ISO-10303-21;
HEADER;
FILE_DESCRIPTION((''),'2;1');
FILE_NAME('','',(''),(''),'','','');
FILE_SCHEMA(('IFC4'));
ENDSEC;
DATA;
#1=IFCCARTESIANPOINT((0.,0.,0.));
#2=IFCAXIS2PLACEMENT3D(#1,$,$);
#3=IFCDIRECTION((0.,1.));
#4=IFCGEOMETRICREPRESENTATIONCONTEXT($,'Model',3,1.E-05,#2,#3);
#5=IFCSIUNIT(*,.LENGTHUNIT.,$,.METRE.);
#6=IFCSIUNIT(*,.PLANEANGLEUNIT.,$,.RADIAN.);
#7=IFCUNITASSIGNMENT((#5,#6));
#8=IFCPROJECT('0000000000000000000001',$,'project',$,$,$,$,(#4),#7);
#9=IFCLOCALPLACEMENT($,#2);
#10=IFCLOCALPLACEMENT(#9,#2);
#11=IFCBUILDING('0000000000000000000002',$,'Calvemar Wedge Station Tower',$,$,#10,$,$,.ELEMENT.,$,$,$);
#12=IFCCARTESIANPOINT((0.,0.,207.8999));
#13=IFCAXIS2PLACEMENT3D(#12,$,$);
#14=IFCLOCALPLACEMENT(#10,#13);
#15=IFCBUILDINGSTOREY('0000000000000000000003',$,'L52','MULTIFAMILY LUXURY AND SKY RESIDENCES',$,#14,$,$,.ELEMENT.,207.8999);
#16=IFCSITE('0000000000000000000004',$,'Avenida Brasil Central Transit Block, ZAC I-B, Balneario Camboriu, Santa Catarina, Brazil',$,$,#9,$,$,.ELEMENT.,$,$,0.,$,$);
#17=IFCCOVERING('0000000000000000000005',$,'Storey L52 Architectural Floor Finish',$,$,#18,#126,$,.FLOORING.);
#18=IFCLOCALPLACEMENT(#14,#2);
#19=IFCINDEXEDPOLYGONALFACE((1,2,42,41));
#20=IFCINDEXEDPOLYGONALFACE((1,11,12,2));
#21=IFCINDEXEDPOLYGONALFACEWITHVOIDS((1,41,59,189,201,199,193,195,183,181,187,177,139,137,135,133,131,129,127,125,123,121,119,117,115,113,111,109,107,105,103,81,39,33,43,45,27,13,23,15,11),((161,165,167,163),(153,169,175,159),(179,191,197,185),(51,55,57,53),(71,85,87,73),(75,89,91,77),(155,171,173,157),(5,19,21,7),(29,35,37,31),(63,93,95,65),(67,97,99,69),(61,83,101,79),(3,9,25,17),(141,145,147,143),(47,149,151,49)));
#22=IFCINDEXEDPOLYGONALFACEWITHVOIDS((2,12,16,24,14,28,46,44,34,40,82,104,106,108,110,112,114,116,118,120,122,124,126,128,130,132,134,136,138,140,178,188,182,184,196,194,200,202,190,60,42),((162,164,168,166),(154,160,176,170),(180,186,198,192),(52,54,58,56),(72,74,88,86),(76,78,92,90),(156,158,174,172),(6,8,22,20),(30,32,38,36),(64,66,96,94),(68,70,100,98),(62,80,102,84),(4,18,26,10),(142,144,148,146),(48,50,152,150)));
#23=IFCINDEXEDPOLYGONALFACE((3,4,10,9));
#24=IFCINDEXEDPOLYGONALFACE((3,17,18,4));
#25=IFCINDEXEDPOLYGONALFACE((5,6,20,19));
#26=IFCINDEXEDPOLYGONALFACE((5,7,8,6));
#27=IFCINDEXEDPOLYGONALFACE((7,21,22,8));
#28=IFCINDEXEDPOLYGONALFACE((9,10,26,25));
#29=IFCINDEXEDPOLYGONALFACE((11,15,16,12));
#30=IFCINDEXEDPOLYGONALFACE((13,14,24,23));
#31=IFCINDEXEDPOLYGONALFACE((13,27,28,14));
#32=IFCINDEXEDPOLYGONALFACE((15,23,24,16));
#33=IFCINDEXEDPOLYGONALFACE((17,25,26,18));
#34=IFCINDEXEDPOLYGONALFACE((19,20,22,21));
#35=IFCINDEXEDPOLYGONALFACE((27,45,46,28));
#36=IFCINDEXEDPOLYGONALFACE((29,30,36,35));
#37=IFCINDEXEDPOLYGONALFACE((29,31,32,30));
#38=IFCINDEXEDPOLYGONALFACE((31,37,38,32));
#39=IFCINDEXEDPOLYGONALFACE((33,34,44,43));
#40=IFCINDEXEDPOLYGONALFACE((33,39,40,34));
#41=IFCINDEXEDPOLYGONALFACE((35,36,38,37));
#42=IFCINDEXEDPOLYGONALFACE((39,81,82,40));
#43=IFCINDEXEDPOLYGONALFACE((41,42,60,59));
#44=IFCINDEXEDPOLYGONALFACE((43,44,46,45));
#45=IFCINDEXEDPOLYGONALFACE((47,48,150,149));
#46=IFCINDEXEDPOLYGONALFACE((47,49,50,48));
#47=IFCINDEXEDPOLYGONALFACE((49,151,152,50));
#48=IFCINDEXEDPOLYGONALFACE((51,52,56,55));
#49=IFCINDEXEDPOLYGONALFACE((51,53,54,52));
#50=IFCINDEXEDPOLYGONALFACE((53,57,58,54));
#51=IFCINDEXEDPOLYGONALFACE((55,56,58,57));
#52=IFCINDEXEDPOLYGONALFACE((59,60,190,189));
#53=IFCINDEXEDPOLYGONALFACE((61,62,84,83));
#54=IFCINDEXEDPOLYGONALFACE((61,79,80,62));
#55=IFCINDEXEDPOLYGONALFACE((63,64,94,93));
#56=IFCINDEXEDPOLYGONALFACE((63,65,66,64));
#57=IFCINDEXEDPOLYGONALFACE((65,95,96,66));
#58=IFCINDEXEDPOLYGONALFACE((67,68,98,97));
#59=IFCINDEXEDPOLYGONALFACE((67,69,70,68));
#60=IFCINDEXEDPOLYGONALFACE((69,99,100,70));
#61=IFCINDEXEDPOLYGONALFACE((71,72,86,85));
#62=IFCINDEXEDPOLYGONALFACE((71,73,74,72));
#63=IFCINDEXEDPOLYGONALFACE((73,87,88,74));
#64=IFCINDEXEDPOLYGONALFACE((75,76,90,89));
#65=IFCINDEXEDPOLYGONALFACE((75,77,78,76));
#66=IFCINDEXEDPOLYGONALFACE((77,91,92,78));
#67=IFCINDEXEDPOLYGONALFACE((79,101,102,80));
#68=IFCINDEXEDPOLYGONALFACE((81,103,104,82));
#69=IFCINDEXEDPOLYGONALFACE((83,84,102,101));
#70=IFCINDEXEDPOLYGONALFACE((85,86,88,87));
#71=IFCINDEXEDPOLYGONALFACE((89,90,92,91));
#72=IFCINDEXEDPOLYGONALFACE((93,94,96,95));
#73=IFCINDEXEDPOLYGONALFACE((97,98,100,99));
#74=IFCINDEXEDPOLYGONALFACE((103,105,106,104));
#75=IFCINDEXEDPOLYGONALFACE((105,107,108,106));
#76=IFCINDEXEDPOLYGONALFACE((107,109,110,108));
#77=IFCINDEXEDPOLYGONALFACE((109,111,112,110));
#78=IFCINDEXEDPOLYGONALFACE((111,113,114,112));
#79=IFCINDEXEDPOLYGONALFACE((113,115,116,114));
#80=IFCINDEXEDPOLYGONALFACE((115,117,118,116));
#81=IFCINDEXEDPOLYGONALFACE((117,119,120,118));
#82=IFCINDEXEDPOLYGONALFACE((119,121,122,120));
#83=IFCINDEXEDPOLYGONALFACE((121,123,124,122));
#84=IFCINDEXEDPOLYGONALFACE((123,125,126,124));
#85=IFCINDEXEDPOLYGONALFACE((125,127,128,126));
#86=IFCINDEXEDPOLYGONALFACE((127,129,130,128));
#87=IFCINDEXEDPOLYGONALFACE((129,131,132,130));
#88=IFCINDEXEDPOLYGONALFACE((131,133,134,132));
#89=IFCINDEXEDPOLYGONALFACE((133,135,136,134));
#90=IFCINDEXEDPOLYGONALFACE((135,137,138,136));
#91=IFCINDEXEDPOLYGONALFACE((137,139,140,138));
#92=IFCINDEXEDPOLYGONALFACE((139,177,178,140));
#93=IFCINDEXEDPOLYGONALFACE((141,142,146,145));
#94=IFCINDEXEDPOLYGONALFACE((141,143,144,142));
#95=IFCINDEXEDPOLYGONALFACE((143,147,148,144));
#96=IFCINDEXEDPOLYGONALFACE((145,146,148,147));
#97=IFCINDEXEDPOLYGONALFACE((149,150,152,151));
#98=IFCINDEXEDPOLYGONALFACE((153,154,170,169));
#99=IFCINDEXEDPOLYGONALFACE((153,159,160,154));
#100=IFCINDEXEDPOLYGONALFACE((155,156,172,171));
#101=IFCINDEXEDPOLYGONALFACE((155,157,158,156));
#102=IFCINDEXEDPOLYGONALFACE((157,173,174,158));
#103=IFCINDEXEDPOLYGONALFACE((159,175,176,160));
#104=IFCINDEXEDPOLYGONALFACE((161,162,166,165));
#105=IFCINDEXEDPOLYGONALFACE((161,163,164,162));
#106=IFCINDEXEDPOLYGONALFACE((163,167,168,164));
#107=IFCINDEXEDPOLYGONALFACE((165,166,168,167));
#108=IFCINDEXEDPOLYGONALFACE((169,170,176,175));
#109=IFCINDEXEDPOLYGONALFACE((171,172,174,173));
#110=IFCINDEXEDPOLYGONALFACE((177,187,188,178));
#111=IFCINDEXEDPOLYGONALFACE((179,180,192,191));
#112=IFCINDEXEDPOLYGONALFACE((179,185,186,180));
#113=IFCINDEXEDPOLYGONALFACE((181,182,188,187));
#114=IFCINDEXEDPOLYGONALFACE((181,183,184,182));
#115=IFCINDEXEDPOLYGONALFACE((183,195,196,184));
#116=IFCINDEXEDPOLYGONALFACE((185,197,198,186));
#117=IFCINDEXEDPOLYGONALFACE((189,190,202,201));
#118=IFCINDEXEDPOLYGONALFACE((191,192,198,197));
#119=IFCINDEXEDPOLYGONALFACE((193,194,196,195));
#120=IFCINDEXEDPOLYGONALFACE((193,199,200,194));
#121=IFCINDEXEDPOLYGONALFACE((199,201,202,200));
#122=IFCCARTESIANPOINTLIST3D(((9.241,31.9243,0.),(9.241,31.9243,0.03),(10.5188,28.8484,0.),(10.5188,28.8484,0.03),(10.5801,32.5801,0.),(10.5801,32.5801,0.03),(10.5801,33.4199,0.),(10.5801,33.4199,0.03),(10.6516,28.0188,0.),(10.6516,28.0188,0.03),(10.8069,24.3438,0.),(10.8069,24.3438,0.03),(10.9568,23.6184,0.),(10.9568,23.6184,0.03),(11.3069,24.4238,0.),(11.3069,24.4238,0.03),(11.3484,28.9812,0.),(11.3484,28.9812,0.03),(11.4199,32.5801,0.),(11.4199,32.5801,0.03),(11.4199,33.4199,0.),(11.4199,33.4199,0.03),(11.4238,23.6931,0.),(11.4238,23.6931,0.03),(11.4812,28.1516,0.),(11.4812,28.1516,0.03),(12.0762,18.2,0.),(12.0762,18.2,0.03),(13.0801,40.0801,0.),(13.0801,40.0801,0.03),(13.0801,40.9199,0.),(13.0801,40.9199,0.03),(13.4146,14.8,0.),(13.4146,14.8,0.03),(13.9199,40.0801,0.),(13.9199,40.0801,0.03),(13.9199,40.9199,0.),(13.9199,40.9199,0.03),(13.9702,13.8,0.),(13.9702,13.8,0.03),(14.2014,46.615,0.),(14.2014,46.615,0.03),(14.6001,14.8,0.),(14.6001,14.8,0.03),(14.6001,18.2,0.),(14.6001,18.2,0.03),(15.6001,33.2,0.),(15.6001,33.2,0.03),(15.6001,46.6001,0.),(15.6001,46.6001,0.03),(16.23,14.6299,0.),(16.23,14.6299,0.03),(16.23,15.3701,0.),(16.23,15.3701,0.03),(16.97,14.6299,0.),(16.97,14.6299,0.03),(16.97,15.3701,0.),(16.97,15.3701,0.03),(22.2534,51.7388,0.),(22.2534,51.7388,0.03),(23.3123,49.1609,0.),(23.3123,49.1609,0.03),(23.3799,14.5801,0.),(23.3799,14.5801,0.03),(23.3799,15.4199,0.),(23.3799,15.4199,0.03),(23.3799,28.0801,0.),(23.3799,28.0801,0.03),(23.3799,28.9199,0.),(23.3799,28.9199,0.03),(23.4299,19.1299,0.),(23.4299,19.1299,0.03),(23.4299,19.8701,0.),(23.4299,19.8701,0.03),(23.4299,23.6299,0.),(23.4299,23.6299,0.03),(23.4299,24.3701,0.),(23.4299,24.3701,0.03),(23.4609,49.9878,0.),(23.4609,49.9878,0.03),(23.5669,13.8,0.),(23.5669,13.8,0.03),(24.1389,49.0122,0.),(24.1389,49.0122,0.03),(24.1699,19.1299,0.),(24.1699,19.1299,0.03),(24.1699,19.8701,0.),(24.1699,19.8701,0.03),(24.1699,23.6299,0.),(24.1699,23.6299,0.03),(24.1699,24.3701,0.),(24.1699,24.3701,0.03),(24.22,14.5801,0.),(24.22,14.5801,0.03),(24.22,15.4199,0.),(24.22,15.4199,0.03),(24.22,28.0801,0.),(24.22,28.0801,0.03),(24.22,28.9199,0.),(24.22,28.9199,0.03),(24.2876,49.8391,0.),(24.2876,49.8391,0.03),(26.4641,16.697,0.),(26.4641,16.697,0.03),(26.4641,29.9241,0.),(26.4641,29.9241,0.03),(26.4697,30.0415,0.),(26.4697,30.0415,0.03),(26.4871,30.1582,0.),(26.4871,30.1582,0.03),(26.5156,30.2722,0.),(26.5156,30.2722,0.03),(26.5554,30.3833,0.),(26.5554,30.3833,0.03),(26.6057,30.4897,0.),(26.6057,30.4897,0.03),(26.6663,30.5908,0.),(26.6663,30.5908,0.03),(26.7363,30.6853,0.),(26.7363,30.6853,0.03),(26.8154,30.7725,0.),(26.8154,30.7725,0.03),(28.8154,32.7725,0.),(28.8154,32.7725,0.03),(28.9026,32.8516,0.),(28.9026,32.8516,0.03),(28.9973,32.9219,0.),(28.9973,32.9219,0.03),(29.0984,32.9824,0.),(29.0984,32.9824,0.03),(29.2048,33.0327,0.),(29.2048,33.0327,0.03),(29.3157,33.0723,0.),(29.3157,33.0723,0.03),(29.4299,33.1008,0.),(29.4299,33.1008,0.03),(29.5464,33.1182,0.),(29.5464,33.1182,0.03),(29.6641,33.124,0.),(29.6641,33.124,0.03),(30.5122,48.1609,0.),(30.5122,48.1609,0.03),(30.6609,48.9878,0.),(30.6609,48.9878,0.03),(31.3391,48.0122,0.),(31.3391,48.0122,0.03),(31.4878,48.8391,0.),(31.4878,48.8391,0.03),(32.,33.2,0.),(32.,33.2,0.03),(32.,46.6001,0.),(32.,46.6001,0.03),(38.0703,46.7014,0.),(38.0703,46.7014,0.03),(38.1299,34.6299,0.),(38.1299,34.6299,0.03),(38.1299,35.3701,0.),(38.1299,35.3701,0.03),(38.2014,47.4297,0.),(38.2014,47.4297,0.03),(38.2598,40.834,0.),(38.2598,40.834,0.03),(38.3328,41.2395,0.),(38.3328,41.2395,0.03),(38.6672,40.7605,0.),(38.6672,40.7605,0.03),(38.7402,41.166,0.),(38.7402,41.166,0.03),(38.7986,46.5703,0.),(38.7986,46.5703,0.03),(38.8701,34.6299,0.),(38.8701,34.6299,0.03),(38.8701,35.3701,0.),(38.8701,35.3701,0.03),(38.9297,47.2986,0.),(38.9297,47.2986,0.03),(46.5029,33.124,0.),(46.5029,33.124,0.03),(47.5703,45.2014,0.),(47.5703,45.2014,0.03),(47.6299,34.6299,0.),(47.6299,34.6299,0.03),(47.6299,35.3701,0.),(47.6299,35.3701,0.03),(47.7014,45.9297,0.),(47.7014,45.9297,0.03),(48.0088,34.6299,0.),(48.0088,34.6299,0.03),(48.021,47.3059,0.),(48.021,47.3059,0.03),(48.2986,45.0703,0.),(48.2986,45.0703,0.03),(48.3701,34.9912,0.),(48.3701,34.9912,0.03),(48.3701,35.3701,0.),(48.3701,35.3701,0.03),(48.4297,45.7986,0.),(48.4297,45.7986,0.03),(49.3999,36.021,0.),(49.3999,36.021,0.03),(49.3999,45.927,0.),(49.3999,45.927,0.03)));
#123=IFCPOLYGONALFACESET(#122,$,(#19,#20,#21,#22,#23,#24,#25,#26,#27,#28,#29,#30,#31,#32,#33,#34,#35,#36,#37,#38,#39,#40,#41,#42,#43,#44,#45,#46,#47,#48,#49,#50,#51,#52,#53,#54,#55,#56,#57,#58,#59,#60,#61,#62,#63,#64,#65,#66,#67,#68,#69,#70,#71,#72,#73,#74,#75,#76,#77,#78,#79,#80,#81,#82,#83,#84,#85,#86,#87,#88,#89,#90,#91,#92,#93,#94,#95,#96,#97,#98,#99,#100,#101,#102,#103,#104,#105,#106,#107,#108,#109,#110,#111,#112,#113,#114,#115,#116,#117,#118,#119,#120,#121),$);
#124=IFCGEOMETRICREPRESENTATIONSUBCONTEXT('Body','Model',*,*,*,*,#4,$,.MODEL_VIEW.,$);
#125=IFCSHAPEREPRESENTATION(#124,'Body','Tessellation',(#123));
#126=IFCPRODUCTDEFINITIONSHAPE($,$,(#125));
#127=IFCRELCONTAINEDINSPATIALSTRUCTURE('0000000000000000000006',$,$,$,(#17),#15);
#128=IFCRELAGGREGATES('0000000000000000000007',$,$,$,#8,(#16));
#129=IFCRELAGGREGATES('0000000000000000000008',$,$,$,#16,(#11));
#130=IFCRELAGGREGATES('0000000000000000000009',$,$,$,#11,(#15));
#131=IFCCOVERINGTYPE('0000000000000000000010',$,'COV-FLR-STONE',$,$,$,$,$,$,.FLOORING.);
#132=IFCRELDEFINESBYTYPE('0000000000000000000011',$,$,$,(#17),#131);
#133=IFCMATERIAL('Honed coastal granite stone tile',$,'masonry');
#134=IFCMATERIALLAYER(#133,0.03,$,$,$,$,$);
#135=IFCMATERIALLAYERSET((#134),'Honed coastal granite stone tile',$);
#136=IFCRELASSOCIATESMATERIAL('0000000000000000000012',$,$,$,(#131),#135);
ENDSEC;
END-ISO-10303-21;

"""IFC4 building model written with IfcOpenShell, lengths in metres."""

from ifc_helpers import new_model, si_unit, direction, frame, origin, place, context, subcontext, project, spatial, polyline, outline, extrude, material, layer, layer_set, type_object, element, save


model = new_model("IFC4")

# Units and contexts
model_context = context("Model", 3, precision=1e-05, world=origin(), true_north=direction((0.0, 1.0)))
body_context = subcontext(model_context, "Body", "Model", "MODEL_VIEW")
ifc_project = project(units=[si_unit("LENGTHUNIT", "METRE"), si_unit("PLANEANGLEUNIT", "RADIAN")], contexts=[model_context])

# Site, building, storey
site_placement = place(None, origin())
site = spatial("IfcSite", under=ifc_project, at=site_placement, Name="Avenida Brasil Central Transit Block, ZAC I-B, Balneario Camboriu, Santa Catarina, Brazil", CompositionType="ELEMENT", RefElevation=0.0)
building_placement = place(site_placement, origin())
building = spatial("IfcBuilding", under=site, at=building_placement, Name="Calvemar Wedge Station Tower", CompositionType="ELEMENT")
storey_placement = place(building_placement, frame((0.0, 0.0, 207.8999)))
storey = spatial("IfcBuildingStorey", under=building, at=storey_placement, Name="L52", Description="MULTIFAMILY LUXURY AND SKY RESIDENCES", CompositionType="ELEMENT", Elevation=207.8999)

# Covering
ifc_material_1 = material(Name="Honed coastal granite stone tile", Category="masonry")
ifc_layer_1 = layer(ifc_material_1, 0.03)
ifc_layer_set_1 = layer_set([ifc_layer_1], Name="Honed coastal granite stone tile")
covering_type_1 = type_object("IfcCoveringType", Name="COV-FLR-STONE", PredefinedType="FLOORING", material=ifc_layer_set_1)
covering_1_placement = place(storey_placement, origin())
element("IfcCovering", 1, at=covering_1_placement, inside=storey, type_object=covering_type_1, Name="Storey L52 Architectural Floor Finish", PredefinedType="FLOORING", context=body_context, shape_type="SweptSolid", body=[
    extrude(outline(polyline([(26.8154, 30.7725), (28.8154, 32.7725), (28.9026, 32.8516), (28.9973, 32.9219), (29.0984, 32.9824), (29.2048, 33.0327), (29.3157, 33.0723), (29.4299, 33.1008), (29.5464, 33.1182), (29.6641, 33.124), (46.5029, 33.124), (48.0088, 34.6299), (47.6299, 34.6299), (47.6299, 35.3701), (48.3701, 35.3701), (48.3701, 34.9912), (49.3999, 36.021), (49.3999, 45.927), (48.021, 47.3059), (22.2534, 51.7388), (14.2014, 46.615), (9.241, 31.9243), (10.8069, 24.3438), (11.3069, 24.4238), (11.4238, 23.6931), (10.9568, 23.6184), (12.0762, 18.2), (14.6001, 18.2), (14.6001, 14.8), (13.4146, 14.8), (13.9702, 13.8), (23.5669, 13.8), (26.4641, 16.697), (26.4641, 29.9241), (26.4697, 30.0415), (26.4871, 30.1582), (26.5156, 30.2722), (26.5554, 30.3833), (26.6057, 30.4897), (26.6663, 30.5908), (26.7363, 30.6853), (26.8154, 30.7725)]), holes=[polyline([(15.6001, 46.6001), (32.0, 46.6001), (32.0, 33.2), (15.6001, 33.2), (15.6001, 46.6001)]), polyline([(10.5801, 32.5801), (10.5801, 33.4199), (11.4199, 33.4199), (11.4199, 32.5801), (10.5801, 32.5801)]), polyline([(13.0801, 40.9199), (13.9199, 40.9199), (13.9199, 40.0801), (13.0801, 40.0801), (13.0801, 40.9199)]), polyline([(24.2876, 49.8391), (24.1389, 49.0122), (23.3123, 49.1609), (23.4609, 49.9878), (24.2876, 49.8391)]), polyline([(31.3391, 48.0122), (30.5122, 48.1609), (30.6609, 48.9878), (31.4878, 48.8391), (31.3391, 48.0122)]), polyline([(38.0703, 46.7014), (38.2014, 47.4297), (38.9297, 47.2986), (38.7986, 46.5703), (38.0703, 46.7014)]), polyline([(47.7014, 45.9297), (48.4297, 45.7986), (48.2986, 45.0703), (47.5703, 45.2014), (47.7014, 45.9297)]), polyline([(38.8701, 35.3701), (38.8701, 34.6299), (38.1299, 34.6299), (38.1299, 35.3701), (38.8701, 35.3701)]), polyline([(38.2598, 40.834), (38.3328, 41.2395), (38.7402, 41.166), (38.6672, 40.7605), (38.2598, 40.834)]), polyline([(11.3484, 28.9812), (11.4812, 28.1516), (10.6516, 28.0188), (10.5188, 28.8484), (11.3484, 28.9812)]), polyline([(24.22, 28.0801), (23.3799, 28.0801), (23.3799, 28.9199), (24.22, 28.9199), (24.22, 28.0801)]), polyline([(23.4299, 23.6299), (23.4299, 24.3701), (24.1699, 24.3701), (24.1699, 23.6299), (23.4299, 23.6299)]), polyline([(23.4299, 19.8701), (24.1699, 19.8701), (24.1699, 19.1299), (23.4299, 19.1299), (23.4299, 19.8701)]), polyline([(24.22, 15.4199), (24.22, 14.5801), (23.3799, 14.5801), (23.3799, 15.4199), (24.22, 15.4199)]), polyline([(16.97, 14.6299), (16.23, 14.6299), (16.23, 15.3701), (16.97, 15.3701), (16.97, 14.6299)])]), origin(), (0.0, 0.0, 1.0), 0.03),
])

save(model, "model.ifc")
